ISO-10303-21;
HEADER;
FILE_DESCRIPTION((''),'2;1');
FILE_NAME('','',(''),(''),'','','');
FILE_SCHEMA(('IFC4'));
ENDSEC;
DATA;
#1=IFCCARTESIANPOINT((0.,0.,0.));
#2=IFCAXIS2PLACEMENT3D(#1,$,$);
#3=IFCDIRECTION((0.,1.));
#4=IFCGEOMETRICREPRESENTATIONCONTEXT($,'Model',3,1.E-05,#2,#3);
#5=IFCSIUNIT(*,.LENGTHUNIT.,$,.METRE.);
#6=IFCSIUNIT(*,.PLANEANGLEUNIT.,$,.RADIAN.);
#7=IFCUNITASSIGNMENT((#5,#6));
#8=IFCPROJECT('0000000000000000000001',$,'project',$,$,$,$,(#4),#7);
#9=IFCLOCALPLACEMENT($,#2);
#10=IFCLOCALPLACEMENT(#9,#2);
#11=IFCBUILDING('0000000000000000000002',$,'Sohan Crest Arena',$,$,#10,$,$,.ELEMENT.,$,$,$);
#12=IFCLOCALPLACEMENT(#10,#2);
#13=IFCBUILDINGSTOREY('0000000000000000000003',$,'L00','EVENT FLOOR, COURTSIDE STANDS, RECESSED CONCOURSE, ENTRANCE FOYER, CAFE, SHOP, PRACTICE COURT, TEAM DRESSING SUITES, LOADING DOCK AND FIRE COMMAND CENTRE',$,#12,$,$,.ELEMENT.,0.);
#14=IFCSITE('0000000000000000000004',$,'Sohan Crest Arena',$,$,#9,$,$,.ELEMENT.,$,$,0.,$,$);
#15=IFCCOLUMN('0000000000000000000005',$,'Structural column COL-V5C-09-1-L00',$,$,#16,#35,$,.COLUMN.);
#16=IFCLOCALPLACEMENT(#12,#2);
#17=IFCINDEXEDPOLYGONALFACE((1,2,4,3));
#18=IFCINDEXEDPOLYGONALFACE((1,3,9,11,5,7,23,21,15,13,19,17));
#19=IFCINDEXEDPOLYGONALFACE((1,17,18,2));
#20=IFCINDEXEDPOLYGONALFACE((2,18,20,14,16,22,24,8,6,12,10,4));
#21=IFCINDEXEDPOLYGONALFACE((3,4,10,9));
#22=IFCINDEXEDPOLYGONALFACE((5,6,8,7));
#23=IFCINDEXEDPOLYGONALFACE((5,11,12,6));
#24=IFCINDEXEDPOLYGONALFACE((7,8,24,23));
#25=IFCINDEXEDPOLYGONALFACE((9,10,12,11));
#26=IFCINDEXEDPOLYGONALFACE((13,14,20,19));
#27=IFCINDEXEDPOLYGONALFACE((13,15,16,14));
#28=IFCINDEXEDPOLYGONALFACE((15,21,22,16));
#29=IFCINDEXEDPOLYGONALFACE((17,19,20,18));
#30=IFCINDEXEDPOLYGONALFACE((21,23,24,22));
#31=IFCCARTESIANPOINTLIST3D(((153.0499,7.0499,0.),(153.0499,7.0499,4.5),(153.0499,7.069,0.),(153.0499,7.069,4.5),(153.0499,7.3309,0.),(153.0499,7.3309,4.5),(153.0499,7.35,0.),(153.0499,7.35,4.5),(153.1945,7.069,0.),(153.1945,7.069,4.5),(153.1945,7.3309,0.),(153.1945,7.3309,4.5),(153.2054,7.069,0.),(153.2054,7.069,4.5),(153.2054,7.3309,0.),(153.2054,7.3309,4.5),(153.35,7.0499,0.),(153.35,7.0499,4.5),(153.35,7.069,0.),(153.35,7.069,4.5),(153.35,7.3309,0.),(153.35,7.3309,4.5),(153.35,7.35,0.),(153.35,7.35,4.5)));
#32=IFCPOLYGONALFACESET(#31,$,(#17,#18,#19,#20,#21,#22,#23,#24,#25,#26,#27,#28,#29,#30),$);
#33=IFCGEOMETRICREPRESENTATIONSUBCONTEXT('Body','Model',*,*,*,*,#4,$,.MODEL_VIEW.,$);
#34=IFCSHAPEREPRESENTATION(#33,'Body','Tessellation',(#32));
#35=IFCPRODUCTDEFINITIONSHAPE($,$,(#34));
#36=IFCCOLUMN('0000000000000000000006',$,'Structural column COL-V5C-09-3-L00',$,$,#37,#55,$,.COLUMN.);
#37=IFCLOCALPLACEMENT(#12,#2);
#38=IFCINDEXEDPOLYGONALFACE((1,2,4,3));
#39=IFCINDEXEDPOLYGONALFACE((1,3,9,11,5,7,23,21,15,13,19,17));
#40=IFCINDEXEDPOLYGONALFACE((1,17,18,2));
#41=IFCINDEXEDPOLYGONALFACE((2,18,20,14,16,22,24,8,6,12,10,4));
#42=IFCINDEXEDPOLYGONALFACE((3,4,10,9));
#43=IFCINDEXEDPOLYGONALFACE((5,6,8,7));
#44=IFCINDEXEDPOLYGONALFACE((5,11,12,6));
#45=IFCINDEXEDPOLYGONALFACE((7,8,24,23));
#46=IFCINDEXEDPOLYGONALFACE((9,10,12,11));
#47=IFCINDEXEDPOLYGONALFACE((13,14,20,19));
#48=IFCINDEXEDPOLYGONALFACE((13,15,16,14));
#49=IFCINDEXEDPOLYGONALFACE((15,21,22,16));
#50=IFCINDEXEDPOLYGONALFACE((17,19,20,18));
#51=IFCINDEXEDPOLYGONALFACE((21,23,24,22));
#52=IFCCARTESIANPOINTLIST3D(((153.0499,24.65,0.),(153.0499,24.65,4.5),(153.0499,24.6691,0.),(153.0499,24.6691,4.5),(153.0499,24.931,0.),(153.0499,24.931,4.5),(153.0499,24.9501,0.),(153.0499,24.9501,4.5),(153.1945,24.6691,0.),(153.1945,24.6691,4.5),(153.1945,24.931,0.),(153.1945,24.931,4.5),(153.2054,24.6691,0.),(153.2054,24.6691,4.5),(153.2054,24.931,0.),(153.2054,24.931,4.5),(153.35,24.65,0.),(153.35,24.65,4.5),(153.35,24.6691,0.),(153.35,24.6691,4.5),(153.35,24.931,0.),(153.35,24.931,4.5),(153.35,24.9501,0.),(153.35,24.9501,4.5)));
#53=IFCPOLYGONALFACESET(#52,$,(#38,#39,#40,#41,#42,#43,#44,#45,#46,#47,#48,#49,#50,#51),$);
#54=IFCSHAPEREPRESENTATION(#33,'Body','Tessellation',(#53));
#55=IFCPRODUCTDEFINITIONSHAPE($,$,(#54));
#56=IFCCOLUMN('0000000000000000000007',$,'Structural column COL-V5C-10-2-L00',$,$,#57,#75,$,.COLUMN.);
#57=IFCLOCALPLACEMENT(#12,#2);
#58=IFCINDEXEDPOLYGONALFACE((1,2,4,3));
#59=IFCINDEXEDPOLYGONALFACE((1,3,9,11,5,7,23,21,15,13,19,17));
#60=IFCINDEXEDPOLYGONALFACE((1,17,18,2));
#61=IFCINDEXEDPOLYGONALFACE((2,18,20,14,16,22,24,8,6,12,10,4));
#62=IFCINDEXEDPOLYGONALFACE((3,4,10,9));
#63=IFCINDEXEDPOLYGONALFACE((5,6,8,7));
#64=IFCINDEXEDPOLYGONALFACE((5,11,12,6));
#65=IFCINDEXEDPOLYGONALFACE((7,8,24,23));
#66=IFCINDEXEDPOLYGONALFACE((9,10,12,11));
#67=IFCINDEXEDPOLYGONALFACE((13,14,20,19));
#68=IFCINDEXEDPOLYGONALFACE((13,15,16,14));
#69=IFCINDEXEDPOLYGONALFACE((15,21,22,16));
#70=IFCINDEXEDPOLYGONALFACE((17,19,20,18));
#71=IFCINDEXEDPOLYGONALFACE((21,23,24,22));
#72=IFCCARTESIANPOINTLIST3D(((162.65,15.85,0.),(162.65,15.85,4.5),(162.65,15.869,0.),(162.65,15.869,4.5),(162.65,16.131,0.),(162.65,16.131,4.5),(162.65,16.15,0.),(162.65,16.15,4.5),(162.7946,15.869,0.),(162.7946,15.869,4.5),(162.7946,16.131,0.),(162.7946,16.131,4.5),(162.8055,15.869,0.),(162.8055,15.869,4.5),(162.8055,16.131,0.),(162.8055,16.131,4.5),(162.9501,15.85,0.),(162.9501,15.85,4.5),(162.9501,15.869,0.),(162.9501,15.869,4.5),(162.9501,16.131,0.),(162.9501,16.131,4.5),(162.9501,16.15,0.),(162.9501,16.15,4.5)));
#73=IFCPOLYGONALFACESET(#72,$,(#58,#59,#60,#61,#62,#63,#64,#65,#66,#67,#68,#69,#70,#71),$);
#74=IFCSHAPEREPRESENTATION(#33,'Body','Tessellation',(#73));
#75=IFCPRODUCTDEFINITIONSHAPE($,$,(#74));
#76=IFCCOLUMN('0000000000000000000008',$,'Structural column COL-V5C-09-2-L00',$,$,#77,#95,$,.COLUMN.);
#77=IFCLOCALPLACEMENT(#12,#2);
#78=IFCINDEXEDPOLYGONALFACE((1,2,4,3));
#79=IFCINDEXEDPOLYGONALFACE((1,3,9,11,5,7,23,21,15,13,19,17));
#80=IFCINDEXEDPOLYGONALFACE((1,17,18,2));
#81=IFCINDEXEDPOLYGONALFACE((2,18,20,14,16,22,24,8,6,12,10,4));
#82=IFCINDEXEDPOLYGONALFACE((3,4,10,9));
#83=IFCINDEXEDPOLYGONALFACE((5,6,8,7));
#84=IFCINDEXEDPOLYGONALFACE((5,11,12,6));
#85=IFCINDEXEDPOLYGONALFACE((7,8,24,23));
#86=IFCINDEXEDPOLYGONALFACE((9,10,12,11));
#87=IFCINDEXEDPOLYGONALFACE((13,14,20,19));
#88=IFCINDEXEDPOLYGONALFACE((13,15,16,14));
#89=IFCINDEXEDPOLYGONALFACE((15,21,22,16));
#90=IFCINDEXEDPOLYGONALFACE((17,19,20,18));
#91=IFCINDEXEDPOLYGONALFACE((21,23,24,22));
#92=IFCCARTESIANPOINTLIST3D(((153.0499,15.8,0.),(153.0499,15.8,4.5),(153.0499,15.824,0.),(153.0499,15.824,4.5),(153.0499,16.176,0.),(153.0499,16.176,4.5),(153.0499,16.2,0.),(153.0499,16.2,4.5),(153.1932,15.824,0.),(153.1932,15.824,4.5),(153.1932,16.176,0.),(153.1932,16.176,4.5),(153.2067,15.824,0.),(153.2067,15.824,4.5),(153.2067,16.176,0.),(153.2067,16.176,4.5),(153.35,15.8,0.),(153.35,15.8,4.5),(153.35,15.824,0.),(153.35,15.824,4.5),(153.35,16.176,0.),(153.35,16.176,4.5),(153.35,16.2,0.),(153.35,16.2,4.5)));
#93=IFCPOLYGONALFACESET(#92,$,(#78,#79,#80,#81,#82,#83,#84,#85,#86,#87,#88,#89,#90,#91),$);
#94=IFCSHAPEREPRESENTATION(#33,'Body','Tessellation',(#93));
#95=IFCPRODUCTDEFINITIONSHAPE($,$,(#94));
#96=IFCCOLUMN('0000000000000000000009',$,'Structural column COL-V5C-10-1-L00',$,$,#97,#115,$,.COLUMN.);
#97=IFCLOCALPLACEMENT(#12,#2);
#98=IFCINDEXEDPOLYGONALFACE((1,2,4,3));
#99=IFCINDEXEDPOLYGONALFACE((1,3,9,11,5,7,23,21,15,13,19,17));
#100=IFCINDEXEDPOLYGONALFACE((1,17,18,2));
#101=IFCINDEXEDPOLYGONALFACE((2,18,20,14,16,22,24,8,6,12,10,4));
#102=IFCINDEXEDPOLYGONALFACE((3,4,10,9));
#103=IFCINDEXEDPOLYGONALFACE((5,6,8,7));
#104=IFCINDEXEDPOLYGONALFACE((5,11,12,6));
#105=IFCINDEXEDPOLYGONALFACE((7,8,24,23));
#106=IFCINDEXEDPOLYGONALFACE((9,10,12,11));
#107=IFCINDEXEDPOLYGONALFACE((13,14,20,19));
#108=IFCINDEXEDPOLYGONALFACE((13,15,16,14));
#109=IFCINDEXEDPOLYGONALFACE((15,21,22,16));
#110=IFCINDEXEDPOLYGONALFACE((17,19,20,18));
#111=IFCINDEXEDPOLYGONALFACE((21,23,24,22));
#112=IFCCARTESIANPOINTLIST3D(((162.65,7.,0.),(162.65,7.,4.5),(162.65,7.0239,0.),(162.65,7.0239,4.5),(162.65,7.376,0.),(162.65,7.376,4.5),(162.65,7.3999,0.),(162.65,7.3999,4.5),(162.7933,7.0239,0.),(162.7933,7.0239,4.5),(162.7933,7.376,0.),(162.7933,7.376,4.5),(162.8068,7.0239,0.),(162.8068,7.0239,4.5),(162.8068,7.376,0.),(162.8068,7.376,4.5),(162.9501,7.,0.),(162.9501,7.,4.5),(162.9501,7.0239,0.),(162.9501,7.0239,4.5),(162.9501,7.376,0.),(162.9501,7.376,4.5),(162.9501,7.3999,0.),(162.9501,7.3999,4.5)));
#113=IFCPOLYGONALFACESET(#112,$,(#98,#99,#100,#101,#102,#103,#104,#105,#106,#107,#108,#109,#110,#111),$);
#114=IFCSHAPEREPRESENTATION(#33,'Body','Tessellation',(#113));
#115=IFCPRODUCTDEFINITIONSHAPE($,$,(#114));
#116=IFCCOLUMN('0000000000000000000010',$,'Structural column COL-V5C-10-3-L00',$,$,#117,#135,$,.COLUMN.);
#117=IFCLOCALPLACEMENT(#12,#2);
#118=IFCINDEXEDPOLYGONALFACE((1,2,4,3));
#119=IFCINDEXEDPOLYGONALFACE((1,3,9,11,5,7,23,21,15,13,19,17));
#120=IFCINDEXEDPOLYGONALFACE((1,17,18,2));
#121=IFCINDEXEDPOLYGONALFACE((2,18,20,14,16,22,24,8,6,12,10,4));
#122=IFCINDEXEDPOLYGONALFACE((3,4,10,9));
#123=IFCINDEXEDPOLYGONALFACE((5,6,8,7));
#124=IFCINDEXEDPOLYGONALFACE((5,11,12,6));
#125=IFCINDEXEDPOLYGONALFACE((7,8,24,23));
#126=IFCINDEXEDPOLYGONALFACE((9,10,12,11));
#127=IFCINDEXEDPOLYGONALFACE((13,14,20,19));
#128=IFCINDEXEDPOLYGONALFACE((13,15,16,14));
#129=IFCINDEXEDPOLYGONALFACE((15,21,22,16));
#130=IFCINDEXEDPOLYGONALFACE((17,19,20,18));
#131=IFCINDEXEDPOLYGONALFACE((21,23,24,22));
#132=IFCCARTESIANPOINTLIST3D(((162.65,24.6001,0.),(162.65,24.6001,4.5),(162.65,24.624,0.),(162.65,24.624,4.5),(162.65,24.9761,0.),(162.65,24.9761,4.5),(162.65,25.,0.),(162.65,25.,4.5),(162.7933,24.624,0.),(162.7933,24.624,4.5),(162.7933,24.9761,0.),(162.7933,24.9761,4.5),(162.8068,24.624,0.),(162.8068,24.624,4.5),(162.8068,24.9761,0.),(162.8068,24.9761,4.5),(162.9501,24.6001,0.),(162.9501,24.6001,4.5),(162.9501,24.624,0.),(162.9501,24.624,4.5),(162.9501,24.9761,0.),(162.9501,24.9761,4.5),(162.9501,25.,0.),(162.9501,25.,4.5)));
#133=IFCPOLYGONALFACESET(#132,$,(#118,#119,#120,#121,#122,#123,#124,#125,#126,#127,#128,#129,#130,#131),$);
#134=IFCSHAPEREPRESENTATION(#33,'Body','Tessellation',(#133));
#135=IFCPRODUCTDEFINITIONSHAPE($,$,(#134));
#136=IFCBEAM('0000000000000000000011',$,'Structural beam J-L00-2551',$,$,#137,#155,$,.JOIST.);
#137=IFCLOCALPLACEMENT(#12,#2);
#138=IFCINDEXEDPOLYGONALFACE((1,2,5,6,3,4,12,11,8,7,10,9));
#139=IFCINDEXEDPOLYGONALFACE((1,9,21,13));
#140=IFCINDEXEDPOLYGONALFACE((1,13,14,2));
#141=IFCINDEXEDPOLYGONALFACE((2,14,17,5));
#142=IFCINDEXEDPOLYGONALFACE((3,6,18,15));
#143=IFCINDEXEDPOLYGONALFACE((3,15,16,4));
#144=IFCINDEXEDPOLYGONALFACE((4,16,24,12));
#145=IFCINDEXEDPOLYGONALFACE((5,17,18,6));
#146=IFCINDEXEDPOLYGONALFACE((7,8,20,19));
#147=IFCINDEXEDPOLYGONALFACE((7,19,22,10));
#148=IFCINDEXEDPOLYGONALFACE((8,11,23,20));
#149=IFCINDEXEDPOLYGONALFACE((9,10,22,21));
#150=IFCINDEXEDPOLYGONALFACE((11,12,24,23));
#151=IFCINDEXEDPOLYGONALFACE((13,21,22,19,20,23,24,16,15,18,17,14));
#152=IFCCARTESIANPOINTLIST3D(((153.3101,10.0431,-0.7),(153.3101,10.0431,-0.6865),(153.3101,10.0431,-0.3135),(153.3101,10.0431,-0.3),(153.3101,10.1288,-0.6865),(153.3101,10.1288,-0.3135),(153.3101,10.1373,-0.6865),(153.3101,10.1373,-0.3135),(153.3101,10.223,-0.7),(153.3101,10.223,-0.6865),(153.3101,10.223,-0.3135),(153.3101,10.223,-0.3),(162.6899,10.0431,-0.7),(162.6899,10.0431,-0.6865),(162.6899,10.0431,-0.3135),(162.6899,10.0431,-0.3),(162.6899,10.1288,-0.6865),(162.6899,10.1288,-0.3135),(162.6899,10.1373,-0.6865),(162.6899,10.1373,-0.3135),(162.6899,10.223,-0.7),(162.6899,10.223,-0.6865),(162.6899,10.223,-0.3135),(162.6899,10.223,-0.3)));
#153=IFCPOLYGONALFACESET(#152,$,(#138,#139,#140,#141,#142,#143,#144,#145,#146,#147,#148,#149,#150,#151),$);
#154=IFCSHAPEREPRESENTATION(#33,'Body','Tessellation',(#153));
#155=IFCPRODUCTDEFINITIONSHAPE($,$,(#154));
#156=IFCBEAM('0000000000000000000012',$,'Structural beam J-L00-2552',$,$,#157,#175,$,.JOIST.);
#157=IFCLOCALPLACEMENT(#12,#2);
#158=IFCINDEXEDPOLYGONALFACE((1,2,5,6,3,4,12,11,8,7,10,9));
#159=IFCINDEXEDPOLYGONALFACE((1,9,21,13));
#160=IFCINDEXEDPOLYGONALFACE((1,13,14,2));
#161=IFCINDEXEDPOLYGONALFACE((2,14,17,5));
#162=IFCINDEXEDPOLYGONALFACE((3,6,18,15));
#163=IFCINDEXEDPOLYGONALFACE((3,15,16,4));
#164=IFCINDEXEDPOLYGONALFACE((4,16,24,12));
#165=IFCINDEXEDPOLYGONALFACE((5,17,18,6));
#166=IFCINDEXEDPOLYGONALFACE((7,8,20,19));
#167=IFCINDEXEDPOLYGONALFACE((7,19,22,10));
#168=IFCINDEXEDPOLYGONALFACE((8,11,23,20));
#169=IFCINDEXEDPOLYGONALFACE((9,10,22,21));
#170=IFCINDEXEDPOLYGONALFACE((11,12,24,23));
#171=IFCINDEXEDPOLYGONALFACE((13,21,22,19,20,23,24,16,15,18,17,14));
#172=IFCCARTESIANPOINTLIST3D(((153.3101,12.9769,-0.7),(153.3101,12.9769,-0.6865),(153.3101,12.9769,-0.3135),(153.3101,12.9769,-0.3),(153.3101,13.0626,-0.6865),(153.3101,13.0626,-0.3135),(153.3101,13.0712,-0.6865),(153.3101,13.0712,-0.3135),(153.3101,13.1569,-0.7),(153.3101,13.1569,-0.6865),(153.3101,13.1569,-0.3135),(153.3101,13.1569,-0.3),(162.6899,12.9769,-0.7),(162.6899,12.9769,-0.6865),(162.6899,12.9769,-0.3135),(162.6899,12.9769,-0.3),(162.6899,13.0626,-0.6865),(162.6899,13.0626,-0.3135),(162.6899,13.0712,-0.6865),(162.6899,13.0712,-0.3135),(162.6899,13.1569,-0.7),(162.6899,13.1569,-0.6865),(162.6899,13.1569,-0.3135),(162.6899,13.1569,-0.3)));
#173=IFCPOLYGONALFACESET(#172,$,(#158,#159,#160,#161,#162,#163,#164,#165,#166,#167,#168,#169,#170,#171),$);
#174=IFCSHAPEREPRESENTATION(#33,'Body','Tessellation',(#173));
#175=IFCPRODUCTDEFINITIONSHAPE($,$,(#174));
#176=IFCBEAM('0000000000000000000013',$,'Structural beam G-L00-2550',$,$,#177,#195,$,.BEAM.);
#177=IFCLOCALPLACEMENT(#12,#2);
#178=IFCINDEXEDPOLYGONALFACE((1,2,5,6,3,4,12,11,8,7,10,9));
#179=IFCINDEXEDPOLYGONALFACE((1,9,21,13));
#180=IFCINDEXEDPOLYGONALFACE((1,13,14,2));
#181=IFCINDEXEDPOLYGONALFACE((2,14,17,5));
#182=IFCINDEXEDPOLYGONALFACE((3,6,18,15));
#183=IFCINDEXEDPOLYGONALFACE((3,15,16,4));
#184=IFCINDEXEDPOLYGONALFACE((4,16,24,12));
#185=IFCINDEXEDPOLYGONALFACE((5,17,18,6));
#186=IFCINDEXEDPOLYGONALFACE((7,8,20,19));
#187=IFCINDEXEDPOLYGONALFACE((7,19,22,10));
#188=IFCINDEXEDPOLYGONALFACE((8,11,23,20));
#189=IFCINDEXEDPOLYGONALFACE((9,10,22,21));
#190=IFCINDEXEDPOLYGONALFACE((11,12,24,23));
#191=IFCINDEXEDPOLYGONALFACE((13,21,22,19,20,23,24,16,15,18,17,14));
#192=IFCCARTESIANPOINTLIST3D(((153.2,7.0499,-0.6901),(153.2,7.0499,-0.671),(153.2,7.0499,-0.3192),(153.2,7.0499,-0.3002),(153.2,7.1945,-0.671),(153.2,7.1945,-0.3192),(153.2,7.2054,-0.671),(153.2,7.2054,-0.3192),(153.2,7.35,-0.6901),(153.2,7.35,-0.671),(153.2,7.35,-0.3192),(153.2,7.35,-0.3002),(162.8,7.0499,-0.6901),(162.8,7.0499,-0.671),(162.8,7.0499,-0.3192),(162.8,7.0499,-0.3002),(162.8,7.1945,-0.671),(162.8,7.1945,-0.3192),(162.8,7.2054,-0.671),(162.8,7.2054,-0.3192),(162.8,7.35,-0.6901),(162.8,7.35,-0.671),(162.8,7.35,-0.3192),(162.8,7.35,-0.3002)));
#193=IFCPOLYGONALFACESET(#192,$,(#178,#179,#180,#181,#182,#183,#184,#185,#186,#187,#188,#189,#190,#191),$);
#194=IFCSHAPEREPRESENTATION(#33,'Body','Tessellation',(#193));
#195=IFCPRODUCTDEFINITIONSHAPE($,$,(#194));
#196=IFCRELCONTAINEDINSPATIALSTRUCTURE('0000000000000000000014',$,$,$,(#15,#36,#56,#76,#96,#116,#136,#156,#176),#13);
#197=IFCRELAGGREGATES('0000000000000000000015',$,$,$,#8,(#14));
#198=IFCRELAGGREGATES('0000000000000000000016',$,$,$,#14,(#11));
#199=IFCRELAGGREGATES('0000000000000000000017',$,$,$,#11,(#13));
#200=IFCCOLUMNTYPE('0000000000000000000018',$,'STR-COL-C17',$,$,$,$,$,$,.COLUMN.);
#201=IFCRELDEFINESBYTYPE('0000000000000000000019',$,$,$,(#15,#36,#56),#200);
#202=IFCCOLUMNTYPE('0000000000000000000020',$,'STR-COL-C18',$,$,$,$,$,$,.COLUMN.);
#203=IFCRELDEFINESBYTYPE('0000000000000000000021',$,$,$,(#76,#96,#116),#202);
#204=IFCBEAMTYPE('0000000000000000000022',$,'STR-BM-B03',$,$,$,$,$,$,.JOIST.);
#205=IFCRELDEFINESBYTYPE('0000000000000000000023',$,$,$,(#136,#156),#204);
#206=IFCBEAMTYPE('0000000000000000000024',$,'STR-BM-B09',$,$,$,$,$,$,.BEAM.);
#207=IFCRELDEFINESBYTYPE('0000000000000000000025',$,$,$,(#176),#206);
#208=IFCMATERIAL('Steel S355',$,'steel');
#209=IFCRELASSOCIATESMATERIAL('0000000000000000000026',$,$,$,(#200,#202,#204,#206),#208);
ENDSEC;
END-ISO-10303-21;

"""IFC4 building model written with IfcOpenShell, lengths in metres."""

from ifc_helpers import new_model, si_unit, direction, frame, origin, origin_2d, place, context, subcontext, project, spatial, i_section, extrude, material, material_profile, profile_set, type_object, element, save


model = new_model("IFC4")

# Units and contexts
model_context = context("Model", 3, precision=1e-05, world=origin(), true_north=direction((0.0, 1.0)))
body_context = subcontext(model_context, "Body", "Model", "MODEL_VIEW")
ifc_project = project(units=[si_unit("LENGTHUNIT", "METRE"), si_unit("PLANEANGLEUNIT", "RADIAN")], contexts=[model_context])

# Site, building, storey
site_placement = place(None, origin())
site = spatial("IfcSite", under=ifc_project, at=site_placement, Name="Sohan Crest Arena", CompositionType="ELEMENT", RefElevation=0.0)
building_placement = place(site_placement, origin())
building = spatial("IfcBuilding", under=site, at=building_placement, Name="Sohan Crest Arena", CompositionType="ELEMENT")
storey_placement = place(building_placement, origin())
storey = spatial("IfcBuildingStorey", under=building, at=storey_placement, Name="L00", Description="EVENT FLOOR, COURTSIDE STANDS, RECESSED CONCOURSE, ENTRANCE FOYER, CAFE, SHOP, PRACTICE COURT, TEAM DRESSING SUITES, LOADING DOCK AND FIRE COMMAND CENTRE", CompositionType="ELEMENT", Elevation=0.0)

# Columns
ifc_material_1 = material(Name="Steel S355", Category="steel")
ifc_material_profile_1 = material_profile(ifc_material_1, i_section(OverallWidth=0.3, OverallDepth=0.3, WebThickness=0.011, FlangeThickness=0.019, at=origin_2d()), Name="HEB 300")
ifc_profile_set_1 = profile_set([ifc_material_profile_1], Name="Steel S355")
column_type_1 = type_object("IfcColumnType", Name="STR-COL-C17", PredefinedType="COLUMN", material=ifc_profile_set_1)
for number, where, z_axis, x_axis, name in (
    (1, (153.2, 7.2, 0.0), (0.0, 0.0, 1.0), (1.0, 0.0, 0.0), "Structural column COL-V5C-09-1-L00"),
    (2, (153.2, 24.8, 0.0), (0.0, 0.0, 1.0), (1.0, 0.0, 0.0), "Structural column COL-V5C-09-3-L00"),
    (3, (162.8, 16.0, 0.0), (0.0, 0.0, 1.0), (1.0, 0.0, 0.0), "Structural column COL-V5C-10-2-L00"),
):
    element("IfcColumn", number, at=place(storey_placement, frame(where, z_axis=z_axis, x_axis=x_axis)), inside=storey, type_object=column_type_1, Name=name, PredefinedType="COLUMN", context=body_context, shape_type="SweptSolid", body=[
        extrude(i_section(OverallWidth=0.3, OverallDepth=0.3, WebThickness=0.011, FlangeThickness=0.019, at=origin_2d()), origin(), (0.0, 0.0, 1.0), 4.5),
    ])
ifc_material_profile_2 = material_profile(ifc_material_1, i_section(OverallWidth=0.3, OverallDepth=0.3999, WebThickness=0.0134, FlangeThickness=0.0239, at=origin_2d()), Name="HEB 400")
ifc_profile_set_2 = profile_set([ifc_material_profile_2], Name="Steel S355")
column_type_2 = type_object("IfcColumnType", Name="STR-COL-C18", PredefinedType="COLUMN", material=ifc_profile_set_2)
for number, where, z_axis, x_axis, name in (
    (4, (153.2, 16.0, 0.0), (0.0, 0.0, 1.0), (1.0, 0.0, 0.0), "Structural column COL-V5C-09-2-L00"),
    (5, (162.8, 7.2, 0.0), (0.0, 0.0, 1.0), (1.0, 0.0, 0.0), "Structural column COL-V5C-10-1-L00"),
    (6, (162.8, 24.8, 0.0), (0.0, 0.0, 1.0), (1.0, 0.0, 0.0), "Structural column COL-V5C-10-3-L00"),
):
    element("IfcColumn", number, at=place(storey_placement, frame(where, z_axis=z_axis, x_axis=x_axis)), inside=storey, type_object=column_type_2, Name=name, PredefinedType="COLUMN", context=body_context, shape_type="SweptSolid", body=[
        extrude(i_section(OverallWidth=0.3, OverallDepth=0.3999, WebThickness=0.0134, FlangeThickness=0.0239, at=origin_2d()), origin(), (0.0, 0.0, 1.0), 4.5),
    ])

# Beams
ifc_material_profile_3 = material_profile(ifc_material_1, i_section(OverallWidth=0.1799, OverallDepth=0.3999, WebThickness=0.0085, FlangeThickness=0.0134, at=origin_2d()), Name="IPE 400")
ifc_profile_set_3 = profile_set([ifc_material_profile_3], Name="Steel S355")
beam_type_1 = type_object("IfcBeamType", Name="STR-BM-B03", PredefinedType="JOIST", material=ifc_profile_set_3)
for number, where, z_axis, x_axis, name in (
    (7, (153.3101, 10.1331, -0.5), (1.0, 0.0, 0.0), (0.0, 1.0, 0.0), "Structural beam J-L00-2551"),
    (8, (153.3101, 13.0669, -0.5), (1.0, 0.0, 0.0), (0.0, 1.0, 0.0), "Structural beam J-L00-2552"),
):
    element("IfcBeam", number, at=place(storey_placement, frame(where, z_axis=z_axis, x_axis=x_axis)), inside=storey, type_object=beam_type_1, Name=name, PredefinedType="JOIST", context=body_context, shape_type="SweptSolid", body=[
        extrude(i_section(OverallWidth=0.1799, OverallDepth=0.3999, WebThickness=0.0085, FlangeThickness=0.0134, at=origin_2d()), origin(), (0.0, 0.0, 1.0), 9.3799),
    ])
ifc_material_profile_4 = material_profile(ifc_material_1, i_section(OverallWidth=0.3, OverallDepth=0.3899, WebThickness=0.011, FlangeThickness=0.019, at=origin_2d()), Name="HEA 400")
ifc_profile_set_4 = profile_set([ifc_material_profile_4], Name="Steel S355")
beam_type_2 = type_object("IfcBeamType", Name="STR-BM-B09", PredefinedType="BEAM", material=ifc_profile_set_4)
for number, where, z_axis, x_axis, name in (
    (9, (153.2, 7.2, -0.4951), (1.0, 0.0, 0.0), (0.0, 1.0, 0.0), "Structural beam G-L00-2550"),
):
    element("IfcBeam", number, at=place(storey_placement, frame(where, z_axis=z_axis, x_axis=x_axis)), inside=storey, type_object=beam_type_2, Name=name, PredefinedType="BEAM", context=body_context, shape_type="SweptSolid", body=[
        extrude(i_section(OverallWidth=0.3, OverallDepth=0.3899, WebThickness=0.011, FlangeThickness=0.019, at=origin_2d()), origin(), (0.0, 0.0, 1.0), 9.6001),
    ])

save(model, "model.ifc")
